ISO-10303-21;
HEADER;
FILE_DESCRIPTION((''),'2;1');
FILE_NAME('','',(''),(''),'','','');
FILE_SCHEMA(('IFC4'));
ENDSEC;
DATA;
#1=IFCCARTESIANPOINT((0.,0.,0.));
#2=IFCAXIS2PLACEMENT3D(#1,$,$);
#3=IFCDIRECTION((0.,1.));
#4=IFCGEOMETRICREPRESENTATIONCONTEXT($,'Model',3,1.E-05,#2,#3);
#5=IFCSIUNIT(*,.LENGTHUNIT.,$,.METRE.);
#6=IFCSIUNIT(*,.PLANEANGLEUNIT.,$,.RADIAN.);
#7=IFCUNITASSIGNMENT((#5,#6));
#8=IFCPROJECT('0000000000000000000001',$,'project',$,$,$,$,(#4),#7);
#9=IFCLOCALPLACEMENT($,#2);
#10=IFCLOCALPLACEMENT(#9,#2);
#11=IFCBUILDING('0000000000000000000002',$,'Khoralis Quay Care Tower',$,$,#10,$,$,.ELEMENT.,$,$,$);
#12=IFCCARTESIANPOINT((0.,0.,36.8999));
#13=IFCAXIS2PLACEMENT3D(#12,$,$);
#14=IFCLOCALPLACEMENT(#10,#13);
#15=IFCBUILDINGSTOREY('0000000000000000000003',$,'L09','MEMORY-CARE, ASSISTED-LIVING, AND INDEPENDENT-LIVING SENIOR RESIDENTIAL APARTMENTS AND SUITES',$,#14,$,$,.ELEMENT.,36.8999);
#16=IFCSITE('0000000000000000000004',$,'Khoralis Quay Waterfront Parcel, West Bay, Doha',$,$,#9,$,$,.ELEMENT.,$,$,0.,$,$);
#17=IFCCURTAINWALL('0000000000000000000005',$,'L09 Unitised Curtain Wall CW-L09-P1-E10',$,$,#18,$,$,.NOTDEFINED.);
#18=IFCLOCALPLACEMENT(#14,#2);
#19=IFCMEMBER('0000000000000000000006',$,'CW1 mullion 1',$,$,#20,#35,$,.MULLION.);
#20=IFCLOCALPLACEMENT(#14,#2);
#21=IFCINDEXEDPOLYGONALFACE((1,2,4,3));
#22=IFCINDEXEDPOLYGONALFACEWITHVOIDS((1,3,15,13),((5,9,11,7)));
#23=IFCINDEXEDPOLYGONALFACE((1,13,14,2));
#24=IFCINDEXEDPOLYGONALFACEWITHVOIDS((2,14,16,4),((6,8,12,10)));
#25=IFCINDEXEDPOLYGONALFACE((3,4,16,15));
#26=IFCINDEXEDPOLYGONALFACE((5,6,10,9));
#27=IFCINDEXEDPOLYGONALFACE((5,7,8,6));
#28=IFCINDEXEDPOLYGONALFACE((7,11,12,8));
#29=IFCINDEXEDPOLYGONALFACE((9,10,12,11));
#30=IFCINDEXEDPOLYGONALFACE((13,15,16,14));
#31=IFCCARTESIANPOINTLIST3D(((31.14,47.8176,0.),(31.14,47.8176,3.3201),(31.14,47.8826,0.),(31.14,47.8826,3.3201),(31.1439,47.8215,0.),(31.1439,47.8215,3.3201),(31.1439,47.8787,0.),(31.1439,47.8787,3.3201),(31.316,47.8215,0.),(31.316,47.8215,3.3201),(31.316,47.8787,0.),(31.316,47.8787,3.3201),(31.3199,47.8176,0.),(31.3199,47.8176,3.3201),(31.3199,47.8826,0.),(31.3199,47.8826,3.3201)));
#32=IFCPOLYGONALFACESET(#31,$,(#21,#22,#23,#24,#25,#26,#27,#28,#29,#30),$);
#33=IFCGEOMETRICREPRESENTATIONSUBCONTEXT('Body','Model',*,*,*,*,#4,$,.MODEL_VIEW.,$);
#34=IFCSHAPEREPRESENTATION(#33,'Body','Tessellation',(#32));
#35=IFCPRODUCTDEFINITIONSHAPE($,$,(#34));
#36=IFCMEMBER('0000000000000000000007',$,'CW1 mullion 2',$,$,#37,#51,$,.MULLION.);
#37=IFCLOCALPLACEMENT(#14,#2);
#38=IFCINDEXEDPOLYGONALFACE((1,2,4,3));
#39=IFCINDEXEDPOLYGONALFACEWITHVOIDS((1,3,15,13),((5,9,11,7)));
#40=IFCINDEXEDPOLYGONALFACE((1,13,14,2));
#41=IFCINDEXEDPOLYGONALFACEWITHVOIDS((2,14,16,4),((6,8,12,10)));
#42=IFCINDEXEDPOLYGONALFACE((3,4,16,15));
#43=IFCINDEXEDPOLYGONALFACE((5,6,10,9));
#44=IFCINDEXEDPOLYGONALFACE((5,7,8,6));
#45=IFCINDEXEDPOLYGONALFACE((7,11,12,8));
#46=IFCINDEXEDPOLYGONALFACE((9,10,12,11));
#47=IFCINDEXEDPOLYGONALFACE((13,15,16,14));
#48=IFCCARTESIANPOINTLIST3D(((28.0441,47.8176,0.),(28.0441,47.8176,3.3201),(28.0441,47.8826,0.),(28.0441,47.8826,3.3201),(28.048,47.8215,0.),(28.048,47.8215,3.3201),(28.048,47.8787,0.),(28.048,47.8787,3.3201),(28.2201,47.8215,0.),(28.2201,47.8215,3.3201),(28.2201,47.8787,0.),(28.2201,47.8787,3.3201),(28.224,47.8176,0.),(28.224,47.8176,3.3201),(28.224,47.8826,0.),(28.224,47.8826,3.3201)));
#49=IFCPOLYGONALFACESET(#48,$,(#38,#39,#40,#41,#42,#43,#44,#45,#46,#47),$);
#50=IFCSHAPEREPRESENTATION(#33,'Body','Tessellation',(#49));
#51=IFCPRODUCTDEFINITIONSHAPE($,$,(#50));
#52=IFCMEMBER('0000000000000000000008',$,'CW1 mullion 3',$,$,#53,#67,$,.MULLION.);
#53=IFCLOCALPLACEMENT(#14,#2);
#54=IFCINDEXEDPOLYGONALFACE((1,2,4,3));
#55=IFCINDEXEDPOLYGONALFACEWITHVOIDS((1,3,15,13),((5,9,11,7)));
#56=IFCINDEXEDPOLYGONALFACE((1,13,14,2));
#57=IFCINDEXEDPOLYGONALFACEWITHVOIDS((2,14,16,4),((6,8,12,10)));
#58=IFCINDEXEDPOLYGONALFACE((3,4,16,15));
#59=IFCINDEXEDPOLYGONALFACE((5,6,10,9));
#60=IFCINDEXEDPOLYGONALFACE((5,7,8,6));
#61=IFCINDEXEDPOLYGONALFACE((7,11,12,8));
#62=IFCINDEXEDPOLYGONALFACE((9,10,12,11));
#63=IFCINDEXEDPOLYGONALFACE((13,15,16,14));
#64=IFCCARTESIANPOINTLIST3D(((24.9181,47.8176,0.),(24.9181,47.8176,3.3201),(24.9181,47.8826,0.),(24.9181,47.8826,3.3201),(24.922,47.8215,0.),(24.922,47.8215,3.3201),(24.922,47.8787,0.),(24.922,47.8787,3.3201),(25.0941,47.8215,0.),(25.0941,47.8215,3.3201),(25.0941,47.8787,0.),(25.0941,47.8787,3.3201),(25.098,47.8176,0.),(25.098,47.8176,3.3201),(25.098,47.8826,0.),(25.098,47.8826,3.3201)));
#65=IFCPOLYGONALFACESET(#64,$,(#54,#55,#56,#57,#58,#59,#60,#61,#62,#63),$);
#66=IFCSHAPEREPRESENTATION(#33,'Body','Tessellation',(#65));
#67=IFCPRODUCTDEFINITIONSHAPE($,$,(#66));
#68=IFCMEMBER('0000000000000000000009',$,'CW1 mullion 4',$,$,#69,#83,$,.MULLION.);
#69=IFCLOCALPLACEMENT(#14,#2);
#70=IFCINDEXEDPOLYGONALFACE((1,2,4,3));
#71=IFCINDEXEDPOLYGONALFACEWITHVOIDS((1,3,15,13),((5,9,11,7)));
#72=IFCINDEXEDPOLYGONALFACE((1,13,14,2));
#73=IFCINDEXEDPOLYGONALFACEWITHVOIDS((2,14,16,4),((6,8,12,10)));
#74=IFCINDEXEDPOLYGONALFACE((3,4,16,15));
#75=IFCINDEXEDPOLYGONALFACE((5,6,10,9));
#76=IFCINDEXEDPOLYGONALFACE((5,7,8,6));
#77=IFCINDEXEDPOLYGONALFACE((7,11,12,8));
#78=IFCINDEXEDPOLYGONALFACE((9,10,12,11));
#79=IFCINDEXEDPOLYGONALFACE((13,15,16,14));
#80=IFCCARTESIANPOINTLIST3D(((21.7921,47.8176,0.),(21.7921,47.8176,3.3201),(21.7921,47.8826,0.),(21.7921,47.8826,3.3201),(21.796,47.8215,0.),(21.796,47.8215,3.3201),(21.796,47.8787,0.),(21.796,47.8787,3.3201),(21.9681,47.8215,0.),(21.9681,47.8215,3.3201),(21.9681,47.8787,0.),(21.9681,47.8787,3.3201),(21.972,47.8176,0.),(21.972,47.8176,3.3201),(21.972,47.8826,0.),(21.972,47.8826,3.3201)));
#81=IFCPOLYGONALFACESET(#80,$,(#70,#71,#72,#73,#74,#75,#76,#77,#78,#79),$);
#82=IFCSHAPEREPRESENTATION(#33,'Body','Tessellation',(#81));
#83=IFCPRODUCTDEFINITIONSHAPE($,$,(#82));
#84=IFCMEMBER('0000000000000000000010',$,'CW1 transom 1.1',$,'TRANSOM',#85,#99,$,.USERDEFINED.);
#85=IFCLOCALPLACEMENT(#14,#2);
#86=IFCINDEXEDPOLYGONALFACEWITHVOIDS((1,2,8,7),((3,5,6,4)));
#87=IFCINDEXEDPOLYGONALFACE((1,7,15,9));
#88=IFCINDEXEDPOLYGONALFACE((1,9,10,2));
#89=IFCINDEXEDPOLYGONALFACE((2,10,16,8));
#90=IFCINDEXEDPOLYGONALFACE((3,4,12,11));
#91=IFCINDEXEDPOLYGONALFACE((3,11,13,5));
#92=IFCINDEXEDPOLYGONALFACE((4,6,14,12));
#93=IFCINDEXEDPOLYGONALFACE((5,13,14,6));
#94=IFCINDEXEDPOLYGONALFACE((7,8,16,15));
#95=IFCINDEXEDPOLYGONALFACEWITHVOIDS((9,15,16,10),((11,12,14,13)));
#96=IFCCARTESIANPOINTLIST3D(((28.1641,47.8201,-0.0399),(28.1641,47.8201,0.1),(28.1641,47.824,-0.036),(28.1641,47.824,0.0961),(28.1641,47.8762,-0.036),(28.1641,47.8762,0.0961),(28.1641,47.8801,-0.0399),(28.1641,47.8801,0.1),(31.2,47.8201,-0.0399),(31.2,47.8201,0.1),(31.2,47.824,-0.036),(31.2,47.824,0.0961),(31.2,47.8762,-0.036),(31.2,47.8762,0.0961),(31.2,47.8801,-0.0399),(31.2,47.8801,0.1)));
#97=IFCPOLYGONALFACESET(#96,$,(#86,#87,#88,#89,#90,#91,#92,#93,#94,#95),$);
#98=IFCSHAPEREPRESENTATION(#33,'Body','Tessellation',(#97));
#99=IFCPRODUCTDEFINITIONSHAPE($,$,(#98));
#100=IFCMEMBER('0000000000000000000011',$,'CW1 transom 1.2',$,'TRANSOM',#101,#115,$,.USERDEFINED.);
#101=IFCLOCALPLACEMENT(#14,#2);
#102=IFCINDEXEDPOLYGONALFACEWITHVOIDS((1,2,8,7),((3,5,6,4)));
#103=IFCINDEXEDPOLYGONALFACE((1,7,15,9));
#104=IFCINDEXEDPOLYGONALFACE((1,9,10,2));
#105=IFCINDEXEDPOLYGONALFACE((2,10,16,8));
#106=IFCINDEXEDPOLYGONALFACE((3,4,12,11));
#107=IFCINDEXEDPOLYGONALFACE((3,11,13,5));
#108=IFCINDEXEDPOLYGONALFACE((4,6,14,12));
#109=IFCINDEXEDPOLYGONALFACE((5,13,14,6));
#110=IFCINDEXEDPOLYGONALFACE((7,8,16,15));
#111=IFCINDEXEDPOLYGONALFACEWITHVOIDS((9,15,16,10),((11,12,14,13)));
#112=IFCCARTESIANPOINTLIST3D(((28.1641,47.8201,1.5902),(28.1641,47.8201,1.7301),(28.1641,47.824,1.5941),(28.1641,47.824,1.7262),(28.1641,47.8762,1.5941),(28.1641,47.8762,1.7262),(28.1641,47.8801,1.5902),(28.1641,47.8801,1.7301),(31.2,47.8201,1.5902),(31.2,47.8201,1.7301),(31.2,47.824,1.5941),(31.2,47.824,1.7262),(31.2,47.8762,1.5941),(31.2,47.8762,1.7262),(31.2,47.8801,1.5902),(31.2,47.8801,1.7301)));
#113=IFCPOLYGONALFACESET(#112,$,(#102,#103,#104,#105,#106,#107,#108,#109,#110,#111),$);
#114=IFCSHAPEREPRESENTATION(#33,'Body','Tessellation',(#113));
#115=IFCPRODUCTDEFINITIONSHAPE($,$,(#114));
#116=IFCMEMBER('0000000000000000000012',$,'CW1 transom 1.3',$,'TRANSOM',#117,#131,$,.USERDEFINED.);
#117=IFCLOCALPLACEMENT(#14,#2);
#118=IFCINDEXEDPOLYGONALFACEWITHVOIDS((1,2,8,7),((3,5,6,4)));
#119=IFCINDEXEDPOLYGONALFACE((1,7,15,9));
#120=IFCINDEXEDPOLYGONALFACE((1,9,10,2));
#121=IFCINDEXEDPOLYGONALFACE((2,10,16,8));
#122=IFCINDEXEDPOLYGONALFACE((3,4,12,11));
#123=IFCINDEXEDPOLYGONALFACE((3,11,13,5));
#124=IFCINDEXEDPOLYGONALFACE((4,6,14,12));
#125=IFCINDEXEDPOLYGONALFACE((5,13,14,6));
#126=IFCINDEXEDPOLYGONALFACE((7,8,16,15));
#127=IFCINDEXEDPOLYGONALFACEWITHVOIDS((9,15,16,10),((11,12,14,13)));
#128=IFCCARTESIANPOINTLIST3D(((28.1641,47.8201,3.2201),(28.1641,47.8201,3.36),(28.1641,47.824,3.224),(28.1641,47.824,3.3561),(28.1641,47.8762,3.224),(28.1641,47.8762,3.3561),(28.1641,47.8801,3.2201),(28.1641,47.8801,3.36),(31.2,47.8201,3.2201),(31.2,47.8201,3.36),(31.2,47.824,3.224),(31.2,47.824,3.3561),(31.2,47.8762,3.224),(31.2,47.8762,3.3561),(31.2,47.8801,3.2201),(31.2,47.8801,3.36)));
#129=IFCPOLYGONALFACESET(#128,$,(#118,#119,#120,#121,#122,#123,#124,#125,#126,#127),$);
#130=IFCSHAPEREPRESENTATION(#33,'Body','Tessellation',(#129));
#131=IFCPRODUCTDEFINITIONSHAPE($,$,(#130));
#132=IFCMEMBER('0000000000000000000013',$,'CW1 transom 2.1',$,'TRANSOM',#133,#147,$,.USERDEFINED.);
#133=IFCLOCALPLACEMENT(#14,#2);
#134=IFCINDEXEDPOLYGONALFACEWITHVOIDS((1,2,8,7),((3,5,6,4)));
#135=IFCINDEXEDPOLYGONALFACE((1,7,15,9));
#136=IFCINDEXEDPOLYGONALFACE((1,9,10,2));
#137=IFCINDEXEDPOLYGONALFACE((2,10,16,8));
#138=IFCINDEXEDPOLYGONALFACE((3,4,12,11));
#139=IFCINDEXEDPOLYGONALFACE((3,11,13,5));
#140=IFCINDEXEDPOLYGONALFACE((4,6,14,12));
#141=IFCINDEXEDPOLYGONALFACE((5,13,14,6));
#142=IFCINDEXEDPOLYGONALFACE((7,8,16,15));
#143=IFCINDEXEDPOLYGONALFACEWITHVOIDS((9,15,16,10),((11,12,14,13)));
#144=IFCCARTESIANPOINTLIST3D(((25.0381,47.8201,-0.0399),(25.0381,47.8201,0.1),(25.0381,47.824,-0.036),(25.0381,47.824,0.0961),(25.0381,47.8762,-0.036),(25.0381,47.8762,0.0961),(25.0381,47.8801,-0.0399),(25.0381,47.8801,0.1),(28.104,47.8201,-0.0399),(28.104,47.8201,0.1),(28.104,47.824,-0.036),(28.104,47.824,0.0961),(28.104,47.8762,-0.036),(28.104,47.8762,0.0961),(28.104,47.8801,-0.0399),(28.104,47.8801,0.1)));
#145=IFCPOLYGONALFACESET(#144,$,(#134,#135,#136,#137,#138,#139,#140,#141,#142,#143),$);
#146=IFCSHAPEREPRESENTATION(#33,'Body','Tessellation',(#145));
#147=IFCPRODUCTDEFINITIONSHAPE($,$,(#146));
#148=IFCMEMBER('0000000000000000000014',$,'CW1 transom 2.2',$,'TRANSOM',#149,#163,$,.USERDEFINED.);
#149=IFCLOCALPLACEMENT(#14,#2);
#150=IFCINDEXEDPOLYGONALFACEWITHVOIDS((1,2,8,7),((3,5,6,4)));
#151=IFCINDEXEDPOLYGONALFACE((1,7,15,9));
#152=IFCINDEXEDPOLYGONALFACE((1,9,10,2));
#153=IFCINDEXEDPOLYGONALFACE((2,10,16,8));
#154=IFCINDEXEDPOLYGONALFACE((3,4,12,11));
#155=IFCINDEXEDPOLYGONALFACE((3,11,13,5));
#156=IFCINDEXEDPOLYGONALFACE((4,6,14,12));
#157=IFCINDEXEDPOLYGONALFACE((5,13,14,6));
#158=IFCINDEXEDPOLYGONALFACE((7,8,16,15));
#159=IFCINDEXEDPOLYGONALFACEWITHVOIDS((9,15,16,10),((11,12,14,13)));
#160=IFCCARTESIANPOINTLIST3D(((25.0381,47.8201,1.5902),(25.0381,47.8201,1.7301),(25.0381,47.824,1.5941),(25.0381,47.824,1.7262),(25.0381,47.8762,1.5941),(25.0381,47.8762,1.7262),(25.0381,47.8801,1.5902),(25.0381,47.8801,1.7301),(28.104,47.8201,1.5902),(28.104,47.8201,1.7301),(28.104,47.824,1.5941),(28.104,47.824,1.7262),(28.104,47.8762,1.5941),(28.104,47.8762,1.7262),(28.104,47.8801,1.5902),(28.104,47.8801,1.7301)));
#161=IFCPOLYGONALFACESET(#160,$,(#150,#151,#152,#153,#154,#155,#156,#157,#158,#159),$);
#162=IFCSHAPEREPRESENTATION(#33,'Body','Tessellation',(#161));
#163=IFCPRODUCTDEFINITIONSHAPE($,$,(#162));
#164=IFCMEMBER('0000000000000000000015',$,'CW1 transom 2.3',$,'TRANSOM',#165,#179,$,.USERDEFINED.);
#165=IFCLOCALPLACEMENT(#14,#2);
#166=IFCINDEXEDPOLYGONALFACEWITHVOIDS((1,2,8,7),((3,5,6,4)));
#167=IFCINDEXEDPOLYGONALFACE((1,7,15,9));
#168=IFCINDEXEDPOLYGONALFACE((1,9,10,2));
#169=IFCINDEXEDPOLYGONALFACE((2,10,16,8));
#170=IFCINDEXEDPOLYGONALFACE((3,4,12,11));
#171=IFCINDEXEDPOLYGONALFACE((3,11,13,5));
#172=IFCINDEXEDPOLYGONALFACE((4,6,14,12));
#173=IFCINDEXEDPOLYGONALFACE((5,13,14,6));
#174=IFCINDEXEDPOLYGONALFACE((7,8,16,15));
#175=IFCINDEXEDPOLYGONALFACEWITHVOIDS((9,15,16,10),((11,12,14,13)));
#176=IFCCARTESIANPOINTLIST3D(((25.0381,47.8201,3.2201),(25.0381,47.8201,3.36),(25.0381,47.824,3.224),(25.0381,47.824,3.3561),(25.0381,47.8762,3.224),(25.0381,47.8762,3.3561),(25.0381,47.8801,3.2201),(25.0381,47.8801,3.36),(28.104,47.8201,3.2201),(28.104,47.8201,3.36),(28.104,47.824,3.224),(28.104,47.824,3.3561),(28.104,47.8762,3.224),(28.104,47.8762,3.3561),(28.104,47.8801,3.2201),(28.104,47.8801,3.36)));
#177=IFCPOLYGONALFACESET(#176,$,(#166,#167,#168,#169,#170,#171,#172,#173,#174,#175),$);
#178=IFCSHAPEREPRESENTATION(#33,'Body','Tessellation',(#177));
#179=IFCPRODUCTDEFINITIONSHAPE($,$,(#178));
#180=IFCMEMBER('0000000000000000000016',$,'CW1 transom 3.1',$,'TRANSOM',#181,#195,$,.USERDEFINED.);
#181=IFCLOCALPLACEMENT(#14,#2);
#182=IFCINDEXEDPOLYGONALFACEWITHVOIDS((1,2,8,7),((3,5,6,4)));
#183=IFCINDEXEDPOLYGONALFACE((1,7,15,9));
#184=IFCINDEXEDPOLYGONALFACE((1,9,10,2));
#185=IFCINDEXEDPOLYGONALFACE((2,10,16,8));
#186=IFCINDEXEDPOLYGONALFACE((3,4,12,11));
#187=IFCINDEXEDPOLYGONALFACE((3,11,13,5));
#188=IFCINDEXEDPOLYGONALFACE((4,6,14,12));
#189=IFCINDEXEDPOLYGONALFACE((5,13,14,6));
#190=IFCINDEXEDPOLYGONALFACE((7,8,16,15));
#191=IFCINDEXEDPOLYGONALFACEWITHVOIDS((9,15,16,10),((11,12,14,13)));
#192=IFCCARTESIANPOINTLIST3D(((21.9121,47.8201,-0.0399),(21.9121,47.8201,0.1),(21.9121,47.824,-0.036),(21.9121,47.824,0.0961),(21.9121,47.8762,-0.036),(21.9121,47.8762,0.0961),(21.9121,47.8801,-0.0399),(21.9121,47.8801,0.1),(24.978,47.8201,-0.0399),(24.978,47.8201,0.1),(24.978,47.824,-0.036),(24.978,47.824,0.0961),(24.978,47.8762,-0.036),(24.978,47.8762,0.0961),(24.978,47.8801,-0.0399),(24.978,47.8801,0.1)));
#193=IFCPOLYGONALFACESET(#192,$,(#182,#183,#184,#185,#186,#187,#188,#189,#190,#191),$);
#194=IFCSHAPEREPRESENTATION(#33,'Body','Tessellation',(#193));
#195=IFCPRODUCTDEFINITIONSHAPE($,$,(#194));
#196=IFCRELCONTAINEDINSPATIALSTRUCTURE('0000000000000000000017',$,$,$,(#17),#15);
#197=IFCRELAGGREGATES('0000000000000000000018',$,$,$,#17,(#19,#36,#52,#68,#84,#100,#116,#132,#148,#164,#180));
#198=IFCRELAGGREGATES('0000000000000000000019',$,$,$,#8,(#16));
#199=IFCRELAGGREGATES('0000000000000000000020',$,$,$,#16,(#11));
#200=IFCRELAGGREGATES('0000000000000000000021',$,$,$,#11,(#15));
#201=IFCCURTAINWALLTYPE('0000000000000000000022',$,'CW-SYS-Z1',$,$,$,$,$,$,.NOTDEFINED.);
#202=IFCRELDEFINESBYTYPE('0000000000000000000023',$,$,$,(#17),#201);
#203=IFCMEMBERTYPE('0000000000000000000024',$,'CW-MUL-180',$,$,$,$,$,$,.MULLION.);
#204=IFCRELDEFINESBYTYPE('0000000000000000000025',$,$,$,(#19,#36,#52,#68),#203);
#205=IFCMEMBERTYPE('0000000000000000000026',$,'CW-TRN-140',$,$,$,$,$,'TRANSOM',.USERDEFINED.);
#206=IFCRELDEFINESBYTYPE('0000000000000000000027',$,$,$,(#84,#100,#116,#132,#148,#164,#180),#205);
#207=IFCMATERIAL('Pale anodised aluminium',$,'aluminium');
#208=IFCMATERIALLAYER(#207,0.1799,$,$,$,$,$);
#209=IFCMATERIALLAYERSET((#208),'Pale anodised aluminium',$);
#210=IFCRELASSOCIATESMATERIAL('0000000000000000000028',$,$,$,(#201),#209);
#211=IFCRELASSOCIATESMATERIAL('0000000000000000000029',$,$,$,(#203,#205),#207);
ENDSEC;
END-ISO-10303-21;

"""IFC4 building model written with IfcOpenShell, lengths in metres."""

from ifc_helpers import new_model, si_unit, direction, frame, origin, origin_2d, place, context, subcontext, project, spatial, hollow_rectangle, extrude, source, transform, mapped, material, layer, layer_set, material_profile, profile_set, type_object, element, aggregate, save


model = new_model("IFC4")

# Units and contexts
model_context = context("Model", 3, precision=1e-05, world=origin(), true_north=direction((0.0, 1.0)))
body_context = subcontext(model_context, "Body", "Model", "MODEL_VIEW")
ifc_project = project(units=[si_unit("LENGTHUNIT", "METRE"), si_unit("PLANEANGLEUNIT", "RADIAN")], contexts=[model_context])

# Site, building, storey
site_placement = place(None, origin())
site = spatial("IfcSite", under=ifc_project, at=site_placement, Name="Khoralis Quay Waterfront Parcel, West Bay, Doha", CompositionType="ELEMENT", RefElevation=0.0)
building_placement = place(site_placement, origin())
building = spatial("IfcBuilding", under=site, at=building_placement, Name="Khoralis Quay Care Tower", CompositionType="ELEMENT")
storey_placement = place(building_placement, frame((0.0, 0.0, 36.8999)))
storey = spatial("IfcBuildingStorey", under=building, at=storey_placement, Name="L09", Description="MEMORY-CARE, ASSISTED-LIVING, AND INDEPENDENT-LIVING SENIOR RESIDENTIAL APARTMENTS AND SUITES", CompositionType="ELEMENT", Elevation=36.8999)

# Curtain wall, members
ifc_material_1 = material(Name="Pale anodised aluminium", Category="aluminium")
ifc_layer_1 = layer(ifc_material_1, 0.1799)
ifc_layer_set_1 = layer_set([ifc_layer_1], Name="Pale anodised aluminium")
curtain_wall_type = type_object("IfcCurtainWallType", Name="CW-SYS-Z1", PredefinedType="NOTDEFINED", material=ifc_layer_set_1)
curtain_wall_placement = place(storey_placement, origin())
curtain_wall = element("IfcCurtainWall", 1, at=curtain_wall_placement, inside=storey, type_object=curtain_wall_type, Name="L09 Unitised Curtain Wall CW-L09-P1-E10", PredefinedType="NOTDEFINED")
ifc_material_profile_1 = material_profile(ifc_material_1, hollow_rectangle(XDim=0.0649, YDim=0.1799, WallThickness=0.0039, at=origin_2d()), Name="Pale anodised aluminium")
ifc_profile_set_1 = profile_set([ifc_material_profile_1], Name="Pale anodised aluminium")
member_type_1 = type_object("IfcMemberType", Name="CW-MUL-180", PredefinedType="MULLION", material=ifc_profile_set_1)
shared_shape_1 = source(origin(), body_context, "Body", "SweptSolid", [
    extrude(hollow_rectangle(XDim=0.0649, YDim=0.1799, WallThickness=0.0039, at=origin_2d()), origin(), (0.0, 0.0, 1.0), 3.3201),
])
member_1_placement = place(storey_placement, frame((31.23, 47.8501, 0.0), z_axis=(0.0, 0.0, 1.0), x_axis=(0.0, -1.0, 0.0)))
member_1 = element("IfcMember", 2, at=member_1_placement, type_object=member_type_1, Name="CW1 mullion 1", PredefinedType="MULLION", context=body_context, shape_type="MappedRepresentation", body=[
    mapped(shared_shape_1, transform((0.0, 0.0, 0.0), scale=1.0)),
])
member_2_placement = place(storey_placement, frame((28.134, 47.8501, 0.0), z_axis=(0.0, 0.0, 1.0), x_axis=(0.0, -1.0, 0.0)))
member_2 = element("IfcMember", 3, at=member_2_placement, type_object=member_type_1, Name="CW1 mullion 2", PredefinedType="MULLION", context=body_context, shape_type="MappedRepresentation", body=[
    mapped(shared_shape_1, transform((0.0, 0.0, 0.0), scale=1.0)),
])
member_3_placement = place(storey_placement, frame((25.0081, 47.8501, 0.0), z_axis=(0.0, 0.0, 1.0), x_axis=(0.0, -1.0, 0.0)))
member_3 = element("IfcMember", 4, at=member_3_placement, type_object=member_type_1, Name="CW1 mullion 3", PredefinedType="MULLION", context=body_context, shape_type="MappedRepresentation", body=[
    mapped(shared_shape_1, transform((0.0, 0.0, 0.0), scale=1.0)),
])
member_4_placement = place(storey_placement, frame((21.8821, 47.8501, 0.0), z_axis=(0.0, 0.0, 1.0), x_axis=(0.0, -1.0, 0.0)))
member_4 = element("IfcMember", 5, at=member_4_placement, type_object=member_type_1, Name="CW1 mullion 4", PredefinedType="MULLION", context=body_context, shape_type="MappedRepresentation", body=[
    mapped(shared_shape_1, transform((0.0, 0.0, 0.0), scale=1.0)),
])
ifc_material_profile_2 = material_profile(ifc_material_1, hollow_rectangle(XDim=0.0601, YDim=0.1399, WallThickness=0.0039, at=origin_2d()), Name="Pale anodised aluminium")
ifc_profile_set_2 = profile_set([ifc_material_profile_2], Name="Pale anodised aluminium")
member_type_2 = type_object("IfcMemberType", Name="CW-TRN-140", ElementType="TRANSOM", PredefinedType="USERDEFINED", material=ifc_profile_set_2)
shared_shape_2 = source(origin(), body_context, "Body", "SweptSolid", [
    extrude(hollow_rectangle(XDim=0.0601, YDim=0.1399, WallThickness=0.0039, at=origin_2d()), origin(), (0.0, 0.0, 1.0), 3.0359),
])
member_5_placement = place(storey_placement, frame((31.2, 47.8501, 0.03), z_axis=(-1.0, 0.0, 0.0), x_axis=(0.0, -1.0, 0.0)))
member_5 = element("IfcMember", 6, at=member_5_placement, type_object=member_type_2, Name="CW1 transom 1.1", ObjectType="TRANSOM", PredefinedType="USERDEFINED", context=body_context, shape_type="MappedRepresentation", body=[
    mapped(shared_shape_2, transform((0.0, 0.0, 0.0), scale=1.0)),
])
member_6_placement = place(storey_placement, frame((31.2, 47.8501, 1.6602), z_axis=(-1.0, 0.0, 0.0), x_axis=(0.0, -1.0, 0.0)))
member_6 = element("IfcMember", 7, at=member_6_placement, type_object=member_type_2, Name="CW1 transom 1.2", ObjectType="TRANSOM", PredefinedType="USERDEFINED", context=body_context, shape_type="MappedRepresentation", body=[
    mapped(shared_shape_2, transform((0.0, 0.0, 0.0), scale=1.0)),
])
member_7_placement = place(storey_placement, frame((31.2, 47.8501, 3.29), z_axis=(-1.0, 0.0, 0.0), x_axis=(0.0, -1.0, 0.0)))
member_7 = element("IfcMember", 8, at=member_7_placement, type_object=member_type_2, Name="CW1 transom 1.3", ObjectType="TRANSOM", PredefinedType="USERDEFINED", context=body_context, shape_type="MappedRepresentation", body=[
    mapped(shared_shape_2, transform((0.0, 0.0, 0.0), scale=1.0)),
])
shared_shape_3 = source(origin(), body_context, "Body", "SweptSolid", [
    extrude(hollow_rectangle(XDim=0.0601, YDim=0.1399, WallThickness=0.0039, at=origin_2d()), origin(), (0.0, 0.0, 1.0), 3.0659),
])
member_8_placement = place(storey_placement, frame((28.104, 47.8501, 0.03), z_axis=(-1.0, 0.0, 0.0), x_axis=(0.0, -1.0, 0.0)))
member_8 = element("IfcMember", 9, at=member_8_placement, type_object=member_type_2, Name="CW1 transom 2.1", ObjectType="TRANSOM", PredefinedType="USERDEFINED", context=body_context, shape_type="MappedRepresentation", body=[
    mapped(shared_shape_3, transform((0.0, 0.0, 0.0), scale=1.0)),
])
member_9_placement = place(storey_placement, frame((28.104, 47.8501, 1.6602), z_axis=(-1.0, 0.0, 0.0), x_axis=(0.0, -1.0, 0.0)))
member_9 = element("IfcMember", 10, at=member_9_placement, type_object=member_type_2, Name="CW1 transom 2.2", ObjectType="TRANSOM", PredefinedType="USERDEFINED", context=body_context, shape_type="MappedRepresentation", body=[
    mapped(shared_shape_3, transform((0.0, 0.0, 0.0), scale=1.0)),
])
member_10_placement = place(storey_placement, frame((28.104, 47.8501, 3.29), z_axis=(-1.0, 0.0, 0.0), x_axis=(0.0, -1.0, 0.0)))
member_10 = element("IfcMember", 11, at=member_10_placement, type_object=member_type_2, Name="CW1 transom 2.3", ObjectType="TRANSOM", PredefinedType="USERDEFINED", context=body_context, shape_type="MappedRepresentation", body=[
    mapped(shared_shape_3, transform((0.0, 0.0, 0.0), scale=1.0)),
])
member_11_placement = place(storey_placement, frame((24.978, 47.8501, 0.03), z_axis=(-1.0, 0.0, 0.0), x_axis=(0.0, -1.0, 0.0)))
member_11 = element("IfcMember", 12, at=member_11_placement, type_object=member_type_2, Name="CW1 transom 3.1", ObjectType="TRANSOM", PredefinedType="USERDEFINED", context=body_context, shape_type="MappedRepresentation", body=[
    mapped(shared_shape_3, transform((0.0, 0.0, 0.0), scale=1.0)),
])
aggregate(curtain_wall, [member_1, member_2, member_3, member_4, member_5, member_6, member_7, member_8, member_9, member_10, member_11])

save(model, "model.ifc")
